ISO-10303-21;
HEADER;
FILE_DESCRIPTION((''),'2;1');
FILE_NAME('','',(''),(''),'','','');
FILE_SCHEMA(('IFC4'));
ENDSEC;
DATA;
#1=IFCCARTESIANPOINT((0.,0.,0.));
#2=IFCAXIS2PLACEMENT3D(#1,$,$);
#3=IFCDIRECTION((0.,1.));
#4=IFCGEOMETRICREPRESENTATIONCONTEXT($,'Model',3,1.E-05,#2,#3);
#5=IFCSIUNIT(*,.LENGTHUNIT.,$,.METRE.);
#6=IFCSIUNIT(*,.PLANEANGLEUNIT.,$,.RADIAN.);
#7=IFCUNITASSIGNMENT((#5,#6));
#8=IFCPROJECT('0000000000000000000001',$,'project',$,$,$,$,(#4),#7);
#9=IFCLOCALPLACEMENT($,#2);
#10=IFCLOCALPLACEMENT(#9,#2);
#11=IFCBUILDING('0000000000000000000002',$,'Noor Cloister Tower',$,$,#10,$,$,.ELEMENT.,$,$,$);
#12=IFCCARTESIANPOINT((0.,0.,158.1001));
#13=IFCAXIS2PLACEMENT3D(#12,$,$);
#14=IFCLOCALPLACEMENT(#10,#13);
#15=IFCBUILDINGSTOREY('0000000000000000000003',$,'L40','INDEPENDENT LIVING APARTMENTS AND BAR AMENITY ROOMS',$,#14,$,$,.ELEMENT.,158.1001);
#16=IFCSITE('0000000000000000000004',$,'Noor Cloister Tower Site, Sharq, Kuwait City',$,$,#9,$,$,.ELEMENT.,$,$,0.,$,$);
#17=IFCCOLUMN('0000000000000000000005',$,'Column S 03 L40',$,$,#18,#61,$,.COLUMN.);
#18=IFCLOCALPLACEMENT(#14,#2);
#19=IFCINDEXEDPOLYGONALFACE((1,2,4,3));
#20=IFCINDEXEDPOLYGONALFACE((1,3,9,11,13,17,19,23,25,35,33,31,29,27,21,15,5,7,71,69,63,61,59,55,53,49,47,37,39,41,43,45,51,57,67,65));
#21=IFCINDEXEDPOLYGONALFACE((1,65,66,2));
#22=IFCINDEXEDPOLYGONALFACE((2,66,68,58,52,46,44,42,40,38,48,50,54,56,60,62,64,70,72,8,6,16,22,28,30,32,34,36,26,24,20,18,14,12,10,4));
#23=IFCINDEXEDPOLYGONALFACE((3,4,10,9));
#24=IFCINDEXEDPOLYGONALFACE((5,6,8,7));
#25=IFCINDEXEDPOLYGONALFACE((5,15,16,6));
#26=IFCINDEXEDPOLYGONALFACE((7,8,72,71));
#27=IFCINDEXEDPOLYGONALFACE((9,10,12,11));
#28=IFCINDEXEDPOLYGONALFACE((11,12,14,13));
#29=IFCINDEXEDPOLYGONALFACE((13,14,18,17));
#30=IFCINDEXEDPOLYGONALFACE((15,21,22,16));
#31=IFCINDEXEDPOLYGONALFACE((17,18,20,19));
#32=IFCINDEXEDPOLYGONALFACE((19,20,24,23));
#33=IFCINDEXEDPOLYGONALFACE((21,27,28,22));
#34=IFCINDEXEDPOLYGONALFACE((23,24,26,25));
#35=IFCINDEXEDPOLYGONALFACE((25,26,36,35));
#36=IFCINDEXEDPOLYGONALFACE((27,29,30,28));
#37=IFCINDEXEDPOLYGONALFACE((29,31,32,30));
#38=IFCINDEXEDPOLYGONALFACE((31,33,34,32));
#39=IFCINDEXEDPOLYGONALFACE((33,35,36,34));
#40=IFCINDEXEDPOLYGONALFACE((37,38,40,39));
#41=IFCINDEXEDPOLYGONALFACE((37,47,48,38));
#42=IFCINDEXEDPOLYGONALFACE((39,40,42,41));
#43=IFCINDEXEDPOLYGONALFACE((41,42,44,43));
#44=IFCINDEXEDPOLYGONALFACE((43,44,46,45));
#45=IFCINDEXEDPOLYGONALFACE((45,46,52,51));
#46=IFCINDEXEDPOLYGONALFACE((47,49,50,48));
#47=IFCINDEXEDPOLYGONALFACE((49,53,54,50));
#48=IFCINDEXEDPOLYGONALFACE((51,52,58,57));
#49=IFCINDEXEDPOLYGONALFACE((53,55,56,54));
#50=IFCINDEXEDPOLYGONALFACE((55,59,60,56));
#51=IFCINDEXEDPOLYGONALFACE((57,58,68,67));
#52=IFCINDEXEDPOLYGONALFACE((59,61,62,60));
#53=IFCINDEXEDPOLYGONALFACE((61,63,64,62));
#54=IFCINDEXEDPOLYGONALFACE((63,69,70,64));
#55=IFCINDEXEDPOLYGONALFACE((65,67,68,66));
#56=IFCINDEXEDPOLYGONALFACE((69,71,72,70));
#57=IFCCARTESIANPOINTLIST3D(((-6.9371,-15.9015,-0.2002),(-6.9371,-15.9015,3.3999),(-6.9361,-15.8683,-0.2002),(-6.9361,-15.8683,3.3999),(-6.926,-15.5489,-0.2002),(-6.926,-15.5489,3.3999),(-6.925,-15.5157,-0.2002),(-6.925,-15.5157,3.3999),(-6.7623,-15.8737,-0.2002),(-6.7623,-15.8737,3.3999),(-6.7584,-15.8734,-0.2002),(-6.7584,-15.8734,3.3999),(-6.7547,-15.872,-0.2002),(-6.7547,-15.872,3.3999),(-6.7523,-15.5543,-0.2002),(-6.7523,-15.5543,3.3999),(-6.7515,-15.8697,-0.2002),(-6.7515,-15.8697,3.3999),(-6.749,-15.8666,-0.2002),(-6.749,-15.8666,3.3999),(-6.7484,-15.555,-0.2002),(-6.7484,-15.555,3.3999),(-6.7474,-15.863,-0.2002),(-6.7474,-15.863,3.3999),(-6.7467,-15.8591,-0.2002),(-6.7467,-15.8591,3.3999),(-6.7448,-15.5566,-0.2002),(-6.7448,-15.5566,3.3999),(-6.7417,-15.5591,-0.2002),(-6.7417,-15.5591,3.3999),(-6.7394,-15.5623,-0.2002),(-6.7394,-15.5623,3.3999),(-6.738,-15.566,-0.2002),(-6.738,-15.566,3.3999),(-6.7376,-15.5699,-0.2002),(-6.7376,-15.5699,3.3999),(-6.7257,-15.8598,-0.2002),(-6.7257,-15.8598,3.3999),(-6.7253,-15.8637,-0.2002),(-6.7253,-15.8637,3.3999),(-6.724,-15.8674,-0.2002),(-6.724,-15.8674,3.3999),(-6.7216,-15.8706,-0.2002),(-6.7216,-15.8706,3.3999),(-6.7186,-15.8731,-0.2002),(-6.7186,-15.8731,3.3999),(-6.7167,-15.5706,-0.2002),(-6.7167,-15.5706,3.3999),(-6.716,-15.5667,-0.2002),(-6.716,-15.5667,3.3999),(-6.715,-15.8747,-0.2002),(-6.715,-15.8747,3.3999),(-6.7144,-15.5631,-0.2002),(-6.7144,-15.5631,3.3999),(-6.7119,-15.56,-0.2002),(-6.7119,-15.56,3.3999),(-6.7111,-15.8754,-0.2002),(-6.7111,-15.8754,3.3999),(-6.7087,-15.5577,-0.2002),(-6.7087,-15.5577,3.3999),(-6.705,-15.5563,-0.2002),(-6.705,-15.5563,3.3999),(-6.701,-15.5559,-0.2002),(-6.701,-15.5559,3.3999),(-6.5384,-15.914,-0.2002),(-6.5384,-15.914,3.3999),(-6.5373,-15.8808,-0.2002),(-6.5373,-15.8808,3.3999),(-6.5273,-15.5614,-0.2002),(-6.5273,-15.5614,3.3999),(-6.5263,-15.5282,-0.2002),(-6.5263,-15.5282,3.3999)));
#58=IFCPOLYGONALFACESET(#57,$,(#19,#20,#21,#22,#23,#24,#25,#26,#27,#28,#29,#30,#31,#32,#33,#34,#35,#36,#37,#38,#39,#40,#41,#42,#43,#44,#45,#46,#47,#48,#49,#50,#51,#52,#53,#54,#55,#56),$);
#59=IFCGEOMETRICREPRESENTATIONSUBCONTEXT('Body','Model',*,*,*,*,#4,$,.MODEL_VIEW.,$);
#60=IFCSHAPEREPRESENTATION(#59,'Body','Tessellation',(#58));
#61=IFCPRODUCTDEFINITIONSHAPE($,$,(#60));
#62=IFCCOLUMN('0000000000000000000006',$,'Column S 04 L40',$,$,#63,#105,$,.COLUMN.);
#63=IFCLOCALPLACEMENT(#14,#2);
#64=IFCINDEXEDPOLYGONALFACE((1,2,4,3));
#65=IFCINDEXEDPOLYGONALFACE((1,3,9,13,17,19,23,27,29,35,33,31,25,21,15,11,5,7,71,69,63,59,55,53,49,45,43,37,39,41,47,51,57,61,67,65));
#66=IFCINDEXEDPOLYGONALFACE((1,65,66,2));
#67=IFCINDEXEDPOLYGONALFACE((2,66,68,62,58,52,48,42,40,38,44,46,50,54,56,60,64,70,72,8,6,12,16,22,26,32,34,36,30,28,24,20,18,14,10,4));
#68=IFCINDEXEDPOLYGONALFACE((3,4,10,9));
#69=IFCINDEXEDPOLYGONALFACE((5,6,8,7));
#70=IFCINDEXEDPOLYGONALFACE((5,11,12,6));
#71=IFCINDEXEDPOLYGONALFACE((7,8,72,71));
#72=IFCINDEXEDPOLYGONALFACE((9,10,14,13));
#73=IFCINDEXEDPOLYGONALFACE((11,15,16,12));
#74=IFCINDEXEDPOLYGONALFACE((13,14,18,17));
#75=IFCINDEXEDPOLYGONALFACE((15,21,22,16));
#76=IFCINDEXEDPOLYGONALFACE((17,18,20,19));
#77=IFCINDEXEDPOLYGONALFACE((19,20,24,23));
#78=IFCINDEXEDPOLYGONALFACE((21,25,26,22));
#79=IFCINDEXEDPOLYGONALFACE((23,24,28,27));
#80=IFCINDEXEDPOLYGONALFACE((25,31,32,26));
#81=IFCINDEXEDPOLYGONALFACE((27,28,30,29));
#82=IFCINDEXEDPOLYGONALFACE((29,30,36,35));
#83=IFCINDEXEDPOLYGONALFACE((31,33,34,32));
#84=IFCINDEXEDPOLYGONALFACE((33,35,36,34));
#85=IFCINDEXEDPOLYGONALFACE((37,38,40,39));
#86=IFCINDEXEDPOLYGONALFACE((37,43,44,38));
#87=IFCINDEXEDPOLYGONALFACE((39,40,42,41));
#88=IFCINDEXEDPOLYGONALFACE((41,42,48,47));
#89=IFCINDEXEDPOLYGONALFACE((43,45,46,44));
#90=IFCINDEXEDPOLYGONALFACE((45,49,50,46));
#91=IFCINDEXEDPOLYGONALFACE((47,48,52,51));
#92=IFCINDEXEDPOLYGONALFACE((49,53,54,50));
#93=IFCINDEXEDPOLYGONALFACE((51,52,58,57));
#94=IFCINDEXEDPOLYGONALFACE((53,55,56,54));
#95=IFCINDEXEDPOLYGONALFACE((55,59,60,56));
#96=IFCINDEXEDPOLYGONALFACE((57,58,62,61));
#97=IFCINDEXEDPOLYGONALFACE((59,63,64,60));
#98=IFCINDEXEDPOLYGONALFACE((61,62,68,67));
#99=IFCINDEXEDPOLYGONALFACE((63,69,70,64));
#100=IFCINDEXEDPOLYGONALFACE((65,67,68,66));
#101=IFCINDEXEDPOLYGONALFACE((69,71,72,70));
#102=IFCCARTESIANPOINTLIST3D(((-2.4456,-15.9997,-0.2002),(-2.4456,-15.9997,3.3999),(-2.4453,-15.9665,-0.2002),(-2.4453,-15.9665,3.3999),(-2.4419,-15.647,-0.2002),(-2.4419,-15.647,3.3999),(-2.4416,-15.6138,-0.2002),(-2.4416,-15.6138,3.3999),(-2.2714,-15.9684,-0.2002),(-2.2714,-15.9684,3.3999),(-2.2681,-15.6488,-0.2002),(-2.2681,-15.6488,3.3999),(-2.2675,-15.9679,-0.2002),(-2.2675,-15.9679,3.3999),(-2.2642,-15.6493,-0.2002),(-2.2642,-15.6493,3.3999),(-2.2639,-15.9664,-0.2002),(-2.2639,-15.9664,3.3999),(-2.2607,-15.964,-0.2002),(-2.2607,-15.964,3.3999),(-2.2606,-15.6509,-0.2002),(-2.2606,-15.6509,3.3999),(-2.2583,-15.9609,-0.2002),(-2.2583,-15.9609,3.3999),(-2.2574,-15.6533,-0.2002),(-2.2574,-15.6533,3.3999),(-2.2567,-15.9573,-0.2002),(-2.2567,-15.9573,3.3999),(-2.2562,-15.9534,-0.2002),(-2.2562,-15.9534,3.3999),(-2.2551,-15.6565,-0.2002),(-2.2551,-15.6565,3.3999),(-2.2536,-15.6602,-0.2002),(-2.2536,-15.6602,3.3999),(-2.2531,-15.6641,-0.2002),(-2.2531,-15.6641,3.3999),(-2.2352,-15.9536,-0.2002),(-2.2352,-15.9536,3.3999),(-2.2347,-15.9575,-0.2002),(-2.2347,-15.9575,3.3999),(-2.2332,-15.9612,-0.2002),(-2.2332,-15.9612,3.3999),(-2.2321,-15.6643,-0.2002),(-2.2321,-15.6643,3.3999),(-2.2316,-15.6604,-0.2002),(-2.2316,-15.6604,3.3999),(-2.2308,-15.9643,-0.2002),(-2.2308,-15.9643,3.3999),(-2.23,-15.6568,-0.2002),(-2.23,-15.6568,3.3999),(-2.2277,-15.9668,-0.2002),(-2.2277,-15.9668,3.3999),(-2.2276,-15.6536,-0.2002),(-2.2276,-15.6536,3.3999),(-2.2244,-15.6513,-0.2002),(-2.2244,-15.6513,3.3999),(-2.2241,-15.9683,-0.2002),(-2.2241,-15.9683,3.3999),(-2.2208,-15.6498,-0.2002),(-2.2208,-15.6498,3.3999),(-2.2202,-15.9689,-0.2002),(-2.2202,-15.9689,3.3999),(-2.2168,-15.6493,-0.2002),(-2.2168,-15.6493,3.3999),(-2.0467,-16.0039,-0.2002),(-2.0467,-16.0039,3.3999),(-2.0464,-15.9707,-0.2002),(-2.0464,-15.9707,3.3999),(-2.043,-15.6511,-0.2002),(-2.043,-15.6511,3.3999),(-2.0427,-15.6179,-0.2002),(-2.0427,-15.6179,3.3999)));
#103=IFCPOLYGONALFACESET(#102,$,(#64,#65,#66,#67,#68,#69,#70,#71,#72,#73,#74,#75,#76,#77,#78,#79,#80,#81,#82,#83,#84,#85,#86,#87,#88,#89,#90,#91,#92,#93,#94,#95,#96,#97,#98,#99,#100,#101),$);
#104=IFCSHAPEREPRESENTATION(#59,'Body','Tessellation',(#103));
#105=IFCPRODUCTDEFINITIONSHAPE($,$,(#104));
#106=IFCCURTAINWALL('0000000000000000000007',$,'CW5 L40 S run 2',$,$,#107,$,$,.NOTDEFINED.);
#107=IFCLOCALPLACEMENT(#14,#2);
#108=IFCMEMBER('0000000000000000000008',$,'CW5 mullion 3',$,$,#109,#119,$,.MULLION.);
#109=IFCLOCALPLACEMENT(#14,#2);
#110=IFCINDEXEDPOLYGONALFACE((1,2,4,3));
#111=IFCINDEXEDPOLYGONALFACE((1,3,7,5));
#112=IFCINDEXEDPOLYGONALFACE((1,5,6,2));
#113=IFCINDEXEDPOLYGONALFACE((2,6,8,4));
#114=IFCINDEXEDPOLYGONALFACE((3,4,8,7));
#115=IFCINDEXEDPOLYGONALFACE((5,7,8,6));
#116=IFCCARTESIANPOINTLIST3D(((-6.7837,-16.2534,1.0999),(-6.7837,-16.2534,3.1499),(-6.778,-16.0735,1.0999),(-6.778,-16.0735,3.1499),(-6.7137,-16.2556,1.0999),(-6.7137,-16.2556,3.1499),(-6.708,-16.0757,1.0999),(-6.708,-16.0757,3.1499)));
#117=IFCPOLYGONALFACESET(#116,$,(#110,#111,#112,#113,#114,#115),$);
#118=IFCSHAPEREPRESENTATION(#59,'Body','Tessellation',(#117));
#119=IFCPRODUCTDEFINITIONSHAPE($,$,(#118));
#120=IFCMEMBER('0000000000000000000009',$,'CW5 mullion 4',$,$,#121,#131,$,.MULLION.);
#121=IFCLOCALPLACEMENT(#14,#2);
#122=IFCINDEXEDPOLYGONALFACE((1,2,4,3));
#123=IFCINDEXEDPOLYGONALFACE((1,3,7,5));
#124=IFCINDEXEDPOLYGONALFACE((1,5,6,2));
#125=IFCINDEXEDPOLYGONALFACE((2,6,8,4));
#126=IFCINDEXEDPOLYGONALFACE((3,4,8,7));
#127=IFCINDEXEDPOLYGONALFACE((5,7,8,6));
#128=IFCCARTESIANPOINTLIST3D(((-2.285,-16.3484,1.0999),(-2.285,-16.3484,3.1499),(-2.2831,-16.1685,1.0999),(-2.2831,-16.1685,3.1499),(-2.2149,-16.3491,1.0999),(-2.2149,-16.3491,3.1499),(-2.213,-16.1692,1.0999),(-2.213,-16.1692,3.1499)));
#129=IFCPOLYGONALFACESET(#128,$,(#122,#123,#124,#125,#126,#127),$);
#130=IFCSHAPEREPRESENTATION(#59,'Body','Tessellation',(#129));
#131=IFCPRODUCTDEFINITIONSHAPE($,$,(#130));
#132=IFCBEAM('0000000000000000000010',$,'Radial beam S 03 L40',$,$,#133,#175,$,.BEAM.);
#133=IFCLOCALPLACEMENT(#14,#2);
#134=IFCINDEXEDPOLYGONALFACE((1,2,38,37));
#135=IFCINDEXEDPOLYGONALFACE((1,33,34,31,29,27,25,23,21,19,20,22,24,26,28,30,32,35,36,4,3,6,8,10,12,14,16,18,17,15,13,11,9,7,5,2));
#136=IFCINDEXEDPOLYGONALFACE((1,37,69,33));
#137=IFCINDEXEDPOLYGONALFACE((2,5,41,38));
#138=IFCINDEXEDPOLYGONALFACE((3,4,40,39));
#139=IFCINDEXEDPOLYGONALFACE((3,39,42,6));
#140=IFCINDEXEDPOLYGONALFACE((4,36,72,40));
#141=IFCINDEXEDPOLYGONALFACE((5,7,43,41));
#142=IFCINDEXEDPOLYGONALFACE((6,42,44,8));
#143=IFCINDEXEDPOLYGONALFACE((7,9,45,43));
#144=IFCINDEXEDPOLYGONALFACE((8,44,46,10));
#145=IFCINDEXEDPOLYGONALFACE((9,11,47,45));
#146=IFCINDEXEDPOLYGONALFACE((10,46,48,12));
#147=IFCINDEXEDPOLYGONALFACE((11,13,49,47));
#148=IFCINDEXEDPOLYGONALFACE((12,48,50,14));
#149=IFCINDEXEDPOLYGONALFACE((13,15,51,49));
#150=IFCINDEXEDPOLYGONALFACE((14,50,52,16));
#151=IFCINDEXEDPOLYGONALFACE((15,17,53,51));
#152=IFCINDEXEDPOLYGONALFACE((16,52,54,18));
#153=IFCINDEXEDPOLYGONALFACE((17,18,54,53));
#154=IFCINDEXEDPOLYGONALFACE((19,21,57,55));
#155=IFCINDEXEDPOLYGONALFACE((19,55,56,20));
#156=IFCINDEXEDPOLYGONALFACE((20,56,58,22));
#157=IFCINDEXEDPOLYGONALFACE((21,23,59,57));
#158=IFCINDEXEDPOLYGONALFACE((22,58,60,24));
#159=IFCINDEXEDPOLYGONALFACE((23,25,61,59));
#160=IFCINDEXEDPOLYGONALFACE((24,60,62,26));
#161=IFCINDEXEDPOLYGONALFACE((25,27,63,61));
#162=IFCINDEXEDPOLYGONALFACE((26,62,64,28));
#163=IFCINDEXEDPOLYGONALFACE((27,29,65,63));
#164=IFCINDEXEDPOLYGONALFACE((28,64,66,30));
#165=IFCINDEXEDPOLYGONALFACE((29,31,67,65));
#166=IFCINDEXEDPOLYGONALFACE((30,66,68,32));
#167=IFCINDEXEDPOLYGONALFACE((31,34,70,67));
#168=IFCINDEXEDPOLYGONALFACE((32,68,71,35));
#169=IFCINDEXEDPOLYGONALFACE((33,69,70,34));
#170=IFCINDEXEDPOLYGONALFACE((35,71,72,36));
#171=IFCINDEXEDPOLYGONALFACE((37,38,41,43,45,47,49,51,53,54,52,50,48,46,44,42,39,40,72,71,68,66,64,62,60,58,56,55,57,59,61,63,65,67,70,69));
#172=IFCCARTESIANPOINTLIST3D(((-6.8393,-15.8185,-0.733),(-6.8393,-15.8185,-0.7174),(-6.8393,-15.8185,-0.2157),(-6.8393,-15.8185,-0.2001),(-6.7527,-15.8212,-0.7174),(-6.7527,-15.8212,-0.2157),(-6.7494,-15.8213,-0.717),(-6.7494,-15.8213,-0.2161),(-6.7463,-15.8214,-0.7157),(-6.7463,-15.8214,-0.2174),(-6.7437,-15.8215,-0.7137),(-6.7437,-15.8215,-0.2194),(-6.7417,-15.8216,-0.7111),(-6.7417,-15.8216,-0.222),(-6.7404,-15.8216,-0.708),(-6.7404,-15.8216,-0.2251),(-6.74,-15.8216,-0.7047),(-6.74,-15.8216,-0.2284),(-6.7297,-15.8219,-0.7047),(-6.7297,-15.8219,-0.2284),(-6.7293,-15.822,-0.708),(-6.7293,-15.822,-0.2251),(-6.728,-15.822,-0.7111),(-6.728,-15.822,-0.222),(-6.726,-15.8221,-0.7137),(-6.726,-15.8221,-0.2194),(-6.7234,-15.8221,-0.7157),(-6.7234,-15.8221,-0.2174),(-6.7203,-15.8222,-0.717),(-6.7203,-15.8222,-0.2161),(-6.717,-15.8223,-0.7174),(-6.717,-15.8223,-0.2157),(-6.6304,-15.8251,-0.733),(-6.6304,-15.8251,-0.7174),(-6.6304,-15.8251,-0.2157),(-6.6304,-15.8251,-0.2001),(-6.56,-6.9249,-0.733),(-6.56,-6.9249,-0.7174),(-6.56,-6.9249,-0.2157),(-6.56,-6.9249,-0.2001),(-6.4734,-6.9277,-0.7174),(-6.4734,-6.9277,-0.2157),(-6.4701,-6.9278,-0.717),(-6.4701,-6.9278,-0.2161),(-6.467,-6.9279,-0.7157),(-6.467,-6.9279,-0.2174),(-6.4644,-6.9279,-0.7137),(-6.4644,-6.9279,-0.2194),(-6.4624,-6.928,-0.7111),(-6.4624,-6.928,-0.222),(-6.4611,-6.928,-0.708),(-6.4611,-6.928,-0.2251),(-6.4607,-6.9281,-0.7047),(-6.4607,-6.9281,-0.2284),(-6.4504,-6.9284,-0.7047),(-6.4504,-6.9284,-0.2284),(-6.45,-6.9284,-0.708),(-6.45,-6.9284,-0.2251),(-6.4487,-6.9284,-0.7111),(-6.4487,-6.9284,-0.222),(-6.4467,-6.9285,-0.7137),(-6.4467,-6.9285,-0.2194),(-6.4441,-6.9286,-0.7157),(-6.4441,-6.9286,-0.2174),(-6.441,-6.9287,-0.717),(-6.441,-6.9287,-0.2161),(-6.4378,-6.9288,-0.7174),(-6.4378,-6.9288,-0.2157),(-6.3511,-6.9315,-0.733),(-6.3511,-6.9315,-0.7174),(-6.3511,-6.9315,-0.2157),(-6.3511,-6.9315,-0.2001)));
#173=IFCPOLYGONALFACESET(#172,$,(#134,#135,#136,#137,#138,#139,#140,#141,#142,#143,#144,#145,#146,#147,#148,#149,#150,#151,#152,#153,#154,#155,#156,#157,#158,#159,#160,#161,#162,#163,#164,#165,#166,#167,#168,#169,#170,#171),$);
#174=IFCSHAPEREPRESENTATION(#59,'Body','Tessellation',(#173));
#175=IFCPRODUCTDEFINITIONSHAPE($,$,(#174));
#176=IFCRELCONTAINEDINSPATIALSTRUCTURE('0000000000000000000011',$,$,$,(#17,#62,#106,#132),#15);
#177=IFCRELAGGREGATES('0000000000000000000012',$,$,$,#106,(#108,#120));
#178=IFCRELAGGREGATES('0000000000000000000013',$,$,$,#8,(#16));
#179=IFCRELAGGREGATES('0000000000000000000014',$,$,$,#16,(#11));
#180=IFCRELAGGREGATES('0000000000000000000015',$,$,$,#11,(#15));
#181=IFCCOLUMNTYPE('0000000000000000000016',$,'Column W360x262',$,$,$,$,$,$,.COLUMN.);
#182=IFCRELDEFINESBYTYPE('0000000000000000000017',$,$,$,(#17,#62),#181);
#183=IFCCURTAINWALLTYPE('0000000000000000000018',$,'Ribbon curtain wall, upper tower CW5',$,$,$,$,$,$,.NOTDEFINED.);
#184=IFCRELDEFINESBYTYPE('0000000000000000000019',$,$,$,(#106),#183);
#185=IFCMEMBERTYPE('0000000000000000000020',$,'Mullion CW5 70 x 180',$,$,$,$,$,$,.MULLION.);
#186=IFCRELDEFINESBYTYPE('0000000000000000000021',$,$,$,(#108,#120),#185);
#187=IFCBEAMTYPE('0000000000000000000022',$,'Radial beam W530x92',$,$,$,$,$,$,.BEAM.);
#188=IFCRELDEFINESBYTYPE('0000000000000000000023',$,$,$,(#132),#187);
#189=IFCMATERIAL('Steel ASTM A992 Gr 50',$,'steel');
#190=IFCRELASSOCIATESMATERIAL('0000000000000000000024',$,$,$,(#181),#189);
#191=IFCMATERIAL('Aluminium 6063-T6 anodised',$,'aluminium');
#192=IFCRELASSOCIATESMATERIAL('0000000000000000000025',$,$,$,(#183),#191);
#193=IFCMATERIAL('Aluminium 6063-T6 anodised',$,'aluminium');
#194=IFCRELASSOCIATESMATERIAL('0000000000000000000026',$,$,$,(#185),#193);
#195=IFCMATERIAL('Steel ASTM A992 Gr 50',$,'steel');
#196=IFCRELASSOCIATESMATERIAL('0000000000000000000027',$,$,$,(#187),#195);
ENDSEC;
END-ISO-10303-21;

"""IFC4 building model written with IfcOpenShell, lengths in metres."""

from ifc_helpers import new_model, si_unit, direction, frame, origin, origin_2d, place, context, subcontext, project, spatial, rectangle, i_section, extrude, material, material_profile, profile_set, type_object, element, aggregate, save


model = new_model("IFC4")

# Units and contexts
model_context = context("Model", 3, precision=1e-05, world=origin(), true_north=direction((0.0, 1.0)))
body_context = subcontext(model_context, "Body", "Model", "MODEL_VIEW")
ifc_project = project(units=[si_unit("LENGTHUNIT", "METRE"), si_unit("PLANEANGLEUNIT", "RADIAN")], contexts=[model_context])

# Site, building, storey
site_placement = place(None, origin())
site = spatial("IfcSite", under=ifc_project, at=site_placement, Name="Noor Cloister Tower Site, Sharq, Kuwait City", CompositionType="ELEMENT", RefElevation=0.0)
building_placement = place(site_placement, origin())
building = spatial("IfcBuilding", under=site, at=building_placement, Name="Noor Cloister Tower", CompositionType="ELEMENT")
storey_placement = place(building_placement, frame((0.0, 0.0, 158.1001)))
storey = spatial("IfcBuildingStorey", under=building, at=storey_placement, Name="L40", Description="INDEPENDENT LIVING APARTMENTS AND BAR AMENITY ROOMS", CompositionType="ELEMENT", Elevation=158.1001)

# Columns
ifc_material_1 = material(Name="Steel ASTM A992 Gr 50", Category="steel")
ifc_material_profile_1 = material_profile(ifc_material_1, i_section(OverallWidth=0.3989, OverallDepth=0.386, WebThickness=0.021, FlangeThickness=0.0332, FilletRadius=0.0151, at=origin_2d()), Name="W360x262")
ifc_profile_set_1 = profile_set([ifc_material_profile_1], Name="Steel ASTM A992 Gr 50")
column_type = type_object("IfcColumnType", Name="Column W360x262", PredefinedType="COLUMN", material=ifc_profile_set_1)
for number, where, z_axis, x_axis, name in (
    (1, (-6.7317, -15.7148, -0.2002), (0.0, 0.0, 1.0), (0.999506, -0.031414, 0.0), "Column S 03 L40"),
    (2, (-2.2441, -15.8088, -0.2002), (0.0, 0.0, 1.0), (0.999945, -0.010473, 0.0), "Column S 04 L40"),
):
    element("IfcColumn", number, at=place(storey_placement, frame(where, z_axis=z_axis, x_axis=x_axis)), inside=storey, type_object=column_type, Name=name, PredefinedType="COLUMN", context=body_context, shape_type="SweptSolid", body=[
        extrude(i_section(OverallWidth=0.3989, OverallDepth=0.386, WebThickness=0.021, FlangeThickness=0.0332, FilletRadius=0.0151, at=origin_2d()), origin(), (0.0, 0.0, 1.0), 3.6001),
    ])

# Curtain wall, members
ifc_material_2 = material(Name="Aluminium 6063-T6 anodised", Category="aluminium")
curtain_wall_type = type_object("IfcCurtainWallType", Name="Ribbon curtain wall, upper tower CW5", PredefinedType="NOTDEFINED", material=ifc_material_2)
curtain_wall_placement = place(storey_placement, origin())
curtain_wall = element("IfcCurtainWall", 3, at=curtain_wall_placement, inside=storey, type_object=curtain_wall_type, Name="CW5 L40 S run 2", PredefinedType="NOTDEFINED")
ifc_material_3 = material(Name="Aluminium 6063-T6 anodised", Category="aluminium")
ifc_material_profile_2 = material_profile(ifc_material_3, rectangle(XDim=0.1799, YDim=0.0701, at=origin_2d()), Name="180 x 70 mullion")
ifc_profile_set_2 = profile_set([ifc_material_profile_2], Name="Aluminium 6063-T6 anodised")
member_type = type_object("IfcMemberType", Name="Mullion CW5 70 x 180", PredefinedType="MULLION", material=ifc_profile_set_2)
member_1_placement = place(storey_placement, frame((-6.7458, -16.1646, 1.0999), z_axis=(0.0, 0.0, 1.0), x_axis=(0.031414, 0.999506, 0.0)))
member_1 = element("IfcMember", 4, at=member_1_placement, type_object=member_type, Name="CW5 mullion 3", PredefinedType="MULLION", context=body_context, shape_type="SweptSolid", body=[
    extrude(rectangle(XDim=0.1799, YDim=0.0701, at=origin_2d()), origin(), (0.0, 0.0, 1.0), 2.05),
])
member_2_placement = place(storey_placement, frame((-2.249, -16.2588, 1.0999), z_axis=(0.0, 0.0, 1.0), x_axis=(0.010473, 0.999945, 0.0)))
member_2 = element("IfcMember", 5, at=member_2_placement, type_object=member_type, Name="CW5 mullion 4", PredefinedType="MULLION", context=body_context, shape_type="SweptSolid", body=[
    extrude(rectangle(XDim=0.1799, YDim=0.0701, at=origin_2d()), origin(), (0.0, 0.0, 1.0), 2.05),
])

# Beam
ifc_material_4 = material(Name="Steel ASTM A992 Gr 50", Category="steel")
ifc_material_profile_3 = material_profile(ifc_material_4, i_section(OverallWidth=0.209, OverallDepth=0.533, WebThickness=0.0103, FlangeThickness=0.0156, FilletRadius=0.0127, at=origin_2d()), Name="W530x92")
ifc_profile_set_3 = profile_set([ifc_material_profile_3], Name="Steel ASTM A992 Gr 50")
beam_type_1 = type_object("IfcBeamType", Name="Radial beam W530x92", PredefinedType="BEAM", material=ifc_profile_set_3)
beam_1_placement = place(storey_placement, frame((-6.7349, -15.8218, -0.4666), z_axis=(0.031389, 0.999507, 0.0), x_axis=(-0.999507, 0.031389, 0.0)))
element("IfcBeam", 6, at=beam_1_placement, inside=storey, type_object=beam_type_1, Name="Radial beam S 03 L40", PredefinedType="BEAM", context=body_context, shape_type="SweptSolid", body=[
    extrude(i_section(OverallWidth=0.209, OverallDepth=0.533, WebThickness=0.0103, FlangeThickness=0.0156, FilletRadius=0.0127, at=origin_2d()), origin(), (0.0, 0.0, 1.0), 8.8979),
])

aggregate(curtain_wall, [member_1, member_2])

save(model, "model.ifc")
